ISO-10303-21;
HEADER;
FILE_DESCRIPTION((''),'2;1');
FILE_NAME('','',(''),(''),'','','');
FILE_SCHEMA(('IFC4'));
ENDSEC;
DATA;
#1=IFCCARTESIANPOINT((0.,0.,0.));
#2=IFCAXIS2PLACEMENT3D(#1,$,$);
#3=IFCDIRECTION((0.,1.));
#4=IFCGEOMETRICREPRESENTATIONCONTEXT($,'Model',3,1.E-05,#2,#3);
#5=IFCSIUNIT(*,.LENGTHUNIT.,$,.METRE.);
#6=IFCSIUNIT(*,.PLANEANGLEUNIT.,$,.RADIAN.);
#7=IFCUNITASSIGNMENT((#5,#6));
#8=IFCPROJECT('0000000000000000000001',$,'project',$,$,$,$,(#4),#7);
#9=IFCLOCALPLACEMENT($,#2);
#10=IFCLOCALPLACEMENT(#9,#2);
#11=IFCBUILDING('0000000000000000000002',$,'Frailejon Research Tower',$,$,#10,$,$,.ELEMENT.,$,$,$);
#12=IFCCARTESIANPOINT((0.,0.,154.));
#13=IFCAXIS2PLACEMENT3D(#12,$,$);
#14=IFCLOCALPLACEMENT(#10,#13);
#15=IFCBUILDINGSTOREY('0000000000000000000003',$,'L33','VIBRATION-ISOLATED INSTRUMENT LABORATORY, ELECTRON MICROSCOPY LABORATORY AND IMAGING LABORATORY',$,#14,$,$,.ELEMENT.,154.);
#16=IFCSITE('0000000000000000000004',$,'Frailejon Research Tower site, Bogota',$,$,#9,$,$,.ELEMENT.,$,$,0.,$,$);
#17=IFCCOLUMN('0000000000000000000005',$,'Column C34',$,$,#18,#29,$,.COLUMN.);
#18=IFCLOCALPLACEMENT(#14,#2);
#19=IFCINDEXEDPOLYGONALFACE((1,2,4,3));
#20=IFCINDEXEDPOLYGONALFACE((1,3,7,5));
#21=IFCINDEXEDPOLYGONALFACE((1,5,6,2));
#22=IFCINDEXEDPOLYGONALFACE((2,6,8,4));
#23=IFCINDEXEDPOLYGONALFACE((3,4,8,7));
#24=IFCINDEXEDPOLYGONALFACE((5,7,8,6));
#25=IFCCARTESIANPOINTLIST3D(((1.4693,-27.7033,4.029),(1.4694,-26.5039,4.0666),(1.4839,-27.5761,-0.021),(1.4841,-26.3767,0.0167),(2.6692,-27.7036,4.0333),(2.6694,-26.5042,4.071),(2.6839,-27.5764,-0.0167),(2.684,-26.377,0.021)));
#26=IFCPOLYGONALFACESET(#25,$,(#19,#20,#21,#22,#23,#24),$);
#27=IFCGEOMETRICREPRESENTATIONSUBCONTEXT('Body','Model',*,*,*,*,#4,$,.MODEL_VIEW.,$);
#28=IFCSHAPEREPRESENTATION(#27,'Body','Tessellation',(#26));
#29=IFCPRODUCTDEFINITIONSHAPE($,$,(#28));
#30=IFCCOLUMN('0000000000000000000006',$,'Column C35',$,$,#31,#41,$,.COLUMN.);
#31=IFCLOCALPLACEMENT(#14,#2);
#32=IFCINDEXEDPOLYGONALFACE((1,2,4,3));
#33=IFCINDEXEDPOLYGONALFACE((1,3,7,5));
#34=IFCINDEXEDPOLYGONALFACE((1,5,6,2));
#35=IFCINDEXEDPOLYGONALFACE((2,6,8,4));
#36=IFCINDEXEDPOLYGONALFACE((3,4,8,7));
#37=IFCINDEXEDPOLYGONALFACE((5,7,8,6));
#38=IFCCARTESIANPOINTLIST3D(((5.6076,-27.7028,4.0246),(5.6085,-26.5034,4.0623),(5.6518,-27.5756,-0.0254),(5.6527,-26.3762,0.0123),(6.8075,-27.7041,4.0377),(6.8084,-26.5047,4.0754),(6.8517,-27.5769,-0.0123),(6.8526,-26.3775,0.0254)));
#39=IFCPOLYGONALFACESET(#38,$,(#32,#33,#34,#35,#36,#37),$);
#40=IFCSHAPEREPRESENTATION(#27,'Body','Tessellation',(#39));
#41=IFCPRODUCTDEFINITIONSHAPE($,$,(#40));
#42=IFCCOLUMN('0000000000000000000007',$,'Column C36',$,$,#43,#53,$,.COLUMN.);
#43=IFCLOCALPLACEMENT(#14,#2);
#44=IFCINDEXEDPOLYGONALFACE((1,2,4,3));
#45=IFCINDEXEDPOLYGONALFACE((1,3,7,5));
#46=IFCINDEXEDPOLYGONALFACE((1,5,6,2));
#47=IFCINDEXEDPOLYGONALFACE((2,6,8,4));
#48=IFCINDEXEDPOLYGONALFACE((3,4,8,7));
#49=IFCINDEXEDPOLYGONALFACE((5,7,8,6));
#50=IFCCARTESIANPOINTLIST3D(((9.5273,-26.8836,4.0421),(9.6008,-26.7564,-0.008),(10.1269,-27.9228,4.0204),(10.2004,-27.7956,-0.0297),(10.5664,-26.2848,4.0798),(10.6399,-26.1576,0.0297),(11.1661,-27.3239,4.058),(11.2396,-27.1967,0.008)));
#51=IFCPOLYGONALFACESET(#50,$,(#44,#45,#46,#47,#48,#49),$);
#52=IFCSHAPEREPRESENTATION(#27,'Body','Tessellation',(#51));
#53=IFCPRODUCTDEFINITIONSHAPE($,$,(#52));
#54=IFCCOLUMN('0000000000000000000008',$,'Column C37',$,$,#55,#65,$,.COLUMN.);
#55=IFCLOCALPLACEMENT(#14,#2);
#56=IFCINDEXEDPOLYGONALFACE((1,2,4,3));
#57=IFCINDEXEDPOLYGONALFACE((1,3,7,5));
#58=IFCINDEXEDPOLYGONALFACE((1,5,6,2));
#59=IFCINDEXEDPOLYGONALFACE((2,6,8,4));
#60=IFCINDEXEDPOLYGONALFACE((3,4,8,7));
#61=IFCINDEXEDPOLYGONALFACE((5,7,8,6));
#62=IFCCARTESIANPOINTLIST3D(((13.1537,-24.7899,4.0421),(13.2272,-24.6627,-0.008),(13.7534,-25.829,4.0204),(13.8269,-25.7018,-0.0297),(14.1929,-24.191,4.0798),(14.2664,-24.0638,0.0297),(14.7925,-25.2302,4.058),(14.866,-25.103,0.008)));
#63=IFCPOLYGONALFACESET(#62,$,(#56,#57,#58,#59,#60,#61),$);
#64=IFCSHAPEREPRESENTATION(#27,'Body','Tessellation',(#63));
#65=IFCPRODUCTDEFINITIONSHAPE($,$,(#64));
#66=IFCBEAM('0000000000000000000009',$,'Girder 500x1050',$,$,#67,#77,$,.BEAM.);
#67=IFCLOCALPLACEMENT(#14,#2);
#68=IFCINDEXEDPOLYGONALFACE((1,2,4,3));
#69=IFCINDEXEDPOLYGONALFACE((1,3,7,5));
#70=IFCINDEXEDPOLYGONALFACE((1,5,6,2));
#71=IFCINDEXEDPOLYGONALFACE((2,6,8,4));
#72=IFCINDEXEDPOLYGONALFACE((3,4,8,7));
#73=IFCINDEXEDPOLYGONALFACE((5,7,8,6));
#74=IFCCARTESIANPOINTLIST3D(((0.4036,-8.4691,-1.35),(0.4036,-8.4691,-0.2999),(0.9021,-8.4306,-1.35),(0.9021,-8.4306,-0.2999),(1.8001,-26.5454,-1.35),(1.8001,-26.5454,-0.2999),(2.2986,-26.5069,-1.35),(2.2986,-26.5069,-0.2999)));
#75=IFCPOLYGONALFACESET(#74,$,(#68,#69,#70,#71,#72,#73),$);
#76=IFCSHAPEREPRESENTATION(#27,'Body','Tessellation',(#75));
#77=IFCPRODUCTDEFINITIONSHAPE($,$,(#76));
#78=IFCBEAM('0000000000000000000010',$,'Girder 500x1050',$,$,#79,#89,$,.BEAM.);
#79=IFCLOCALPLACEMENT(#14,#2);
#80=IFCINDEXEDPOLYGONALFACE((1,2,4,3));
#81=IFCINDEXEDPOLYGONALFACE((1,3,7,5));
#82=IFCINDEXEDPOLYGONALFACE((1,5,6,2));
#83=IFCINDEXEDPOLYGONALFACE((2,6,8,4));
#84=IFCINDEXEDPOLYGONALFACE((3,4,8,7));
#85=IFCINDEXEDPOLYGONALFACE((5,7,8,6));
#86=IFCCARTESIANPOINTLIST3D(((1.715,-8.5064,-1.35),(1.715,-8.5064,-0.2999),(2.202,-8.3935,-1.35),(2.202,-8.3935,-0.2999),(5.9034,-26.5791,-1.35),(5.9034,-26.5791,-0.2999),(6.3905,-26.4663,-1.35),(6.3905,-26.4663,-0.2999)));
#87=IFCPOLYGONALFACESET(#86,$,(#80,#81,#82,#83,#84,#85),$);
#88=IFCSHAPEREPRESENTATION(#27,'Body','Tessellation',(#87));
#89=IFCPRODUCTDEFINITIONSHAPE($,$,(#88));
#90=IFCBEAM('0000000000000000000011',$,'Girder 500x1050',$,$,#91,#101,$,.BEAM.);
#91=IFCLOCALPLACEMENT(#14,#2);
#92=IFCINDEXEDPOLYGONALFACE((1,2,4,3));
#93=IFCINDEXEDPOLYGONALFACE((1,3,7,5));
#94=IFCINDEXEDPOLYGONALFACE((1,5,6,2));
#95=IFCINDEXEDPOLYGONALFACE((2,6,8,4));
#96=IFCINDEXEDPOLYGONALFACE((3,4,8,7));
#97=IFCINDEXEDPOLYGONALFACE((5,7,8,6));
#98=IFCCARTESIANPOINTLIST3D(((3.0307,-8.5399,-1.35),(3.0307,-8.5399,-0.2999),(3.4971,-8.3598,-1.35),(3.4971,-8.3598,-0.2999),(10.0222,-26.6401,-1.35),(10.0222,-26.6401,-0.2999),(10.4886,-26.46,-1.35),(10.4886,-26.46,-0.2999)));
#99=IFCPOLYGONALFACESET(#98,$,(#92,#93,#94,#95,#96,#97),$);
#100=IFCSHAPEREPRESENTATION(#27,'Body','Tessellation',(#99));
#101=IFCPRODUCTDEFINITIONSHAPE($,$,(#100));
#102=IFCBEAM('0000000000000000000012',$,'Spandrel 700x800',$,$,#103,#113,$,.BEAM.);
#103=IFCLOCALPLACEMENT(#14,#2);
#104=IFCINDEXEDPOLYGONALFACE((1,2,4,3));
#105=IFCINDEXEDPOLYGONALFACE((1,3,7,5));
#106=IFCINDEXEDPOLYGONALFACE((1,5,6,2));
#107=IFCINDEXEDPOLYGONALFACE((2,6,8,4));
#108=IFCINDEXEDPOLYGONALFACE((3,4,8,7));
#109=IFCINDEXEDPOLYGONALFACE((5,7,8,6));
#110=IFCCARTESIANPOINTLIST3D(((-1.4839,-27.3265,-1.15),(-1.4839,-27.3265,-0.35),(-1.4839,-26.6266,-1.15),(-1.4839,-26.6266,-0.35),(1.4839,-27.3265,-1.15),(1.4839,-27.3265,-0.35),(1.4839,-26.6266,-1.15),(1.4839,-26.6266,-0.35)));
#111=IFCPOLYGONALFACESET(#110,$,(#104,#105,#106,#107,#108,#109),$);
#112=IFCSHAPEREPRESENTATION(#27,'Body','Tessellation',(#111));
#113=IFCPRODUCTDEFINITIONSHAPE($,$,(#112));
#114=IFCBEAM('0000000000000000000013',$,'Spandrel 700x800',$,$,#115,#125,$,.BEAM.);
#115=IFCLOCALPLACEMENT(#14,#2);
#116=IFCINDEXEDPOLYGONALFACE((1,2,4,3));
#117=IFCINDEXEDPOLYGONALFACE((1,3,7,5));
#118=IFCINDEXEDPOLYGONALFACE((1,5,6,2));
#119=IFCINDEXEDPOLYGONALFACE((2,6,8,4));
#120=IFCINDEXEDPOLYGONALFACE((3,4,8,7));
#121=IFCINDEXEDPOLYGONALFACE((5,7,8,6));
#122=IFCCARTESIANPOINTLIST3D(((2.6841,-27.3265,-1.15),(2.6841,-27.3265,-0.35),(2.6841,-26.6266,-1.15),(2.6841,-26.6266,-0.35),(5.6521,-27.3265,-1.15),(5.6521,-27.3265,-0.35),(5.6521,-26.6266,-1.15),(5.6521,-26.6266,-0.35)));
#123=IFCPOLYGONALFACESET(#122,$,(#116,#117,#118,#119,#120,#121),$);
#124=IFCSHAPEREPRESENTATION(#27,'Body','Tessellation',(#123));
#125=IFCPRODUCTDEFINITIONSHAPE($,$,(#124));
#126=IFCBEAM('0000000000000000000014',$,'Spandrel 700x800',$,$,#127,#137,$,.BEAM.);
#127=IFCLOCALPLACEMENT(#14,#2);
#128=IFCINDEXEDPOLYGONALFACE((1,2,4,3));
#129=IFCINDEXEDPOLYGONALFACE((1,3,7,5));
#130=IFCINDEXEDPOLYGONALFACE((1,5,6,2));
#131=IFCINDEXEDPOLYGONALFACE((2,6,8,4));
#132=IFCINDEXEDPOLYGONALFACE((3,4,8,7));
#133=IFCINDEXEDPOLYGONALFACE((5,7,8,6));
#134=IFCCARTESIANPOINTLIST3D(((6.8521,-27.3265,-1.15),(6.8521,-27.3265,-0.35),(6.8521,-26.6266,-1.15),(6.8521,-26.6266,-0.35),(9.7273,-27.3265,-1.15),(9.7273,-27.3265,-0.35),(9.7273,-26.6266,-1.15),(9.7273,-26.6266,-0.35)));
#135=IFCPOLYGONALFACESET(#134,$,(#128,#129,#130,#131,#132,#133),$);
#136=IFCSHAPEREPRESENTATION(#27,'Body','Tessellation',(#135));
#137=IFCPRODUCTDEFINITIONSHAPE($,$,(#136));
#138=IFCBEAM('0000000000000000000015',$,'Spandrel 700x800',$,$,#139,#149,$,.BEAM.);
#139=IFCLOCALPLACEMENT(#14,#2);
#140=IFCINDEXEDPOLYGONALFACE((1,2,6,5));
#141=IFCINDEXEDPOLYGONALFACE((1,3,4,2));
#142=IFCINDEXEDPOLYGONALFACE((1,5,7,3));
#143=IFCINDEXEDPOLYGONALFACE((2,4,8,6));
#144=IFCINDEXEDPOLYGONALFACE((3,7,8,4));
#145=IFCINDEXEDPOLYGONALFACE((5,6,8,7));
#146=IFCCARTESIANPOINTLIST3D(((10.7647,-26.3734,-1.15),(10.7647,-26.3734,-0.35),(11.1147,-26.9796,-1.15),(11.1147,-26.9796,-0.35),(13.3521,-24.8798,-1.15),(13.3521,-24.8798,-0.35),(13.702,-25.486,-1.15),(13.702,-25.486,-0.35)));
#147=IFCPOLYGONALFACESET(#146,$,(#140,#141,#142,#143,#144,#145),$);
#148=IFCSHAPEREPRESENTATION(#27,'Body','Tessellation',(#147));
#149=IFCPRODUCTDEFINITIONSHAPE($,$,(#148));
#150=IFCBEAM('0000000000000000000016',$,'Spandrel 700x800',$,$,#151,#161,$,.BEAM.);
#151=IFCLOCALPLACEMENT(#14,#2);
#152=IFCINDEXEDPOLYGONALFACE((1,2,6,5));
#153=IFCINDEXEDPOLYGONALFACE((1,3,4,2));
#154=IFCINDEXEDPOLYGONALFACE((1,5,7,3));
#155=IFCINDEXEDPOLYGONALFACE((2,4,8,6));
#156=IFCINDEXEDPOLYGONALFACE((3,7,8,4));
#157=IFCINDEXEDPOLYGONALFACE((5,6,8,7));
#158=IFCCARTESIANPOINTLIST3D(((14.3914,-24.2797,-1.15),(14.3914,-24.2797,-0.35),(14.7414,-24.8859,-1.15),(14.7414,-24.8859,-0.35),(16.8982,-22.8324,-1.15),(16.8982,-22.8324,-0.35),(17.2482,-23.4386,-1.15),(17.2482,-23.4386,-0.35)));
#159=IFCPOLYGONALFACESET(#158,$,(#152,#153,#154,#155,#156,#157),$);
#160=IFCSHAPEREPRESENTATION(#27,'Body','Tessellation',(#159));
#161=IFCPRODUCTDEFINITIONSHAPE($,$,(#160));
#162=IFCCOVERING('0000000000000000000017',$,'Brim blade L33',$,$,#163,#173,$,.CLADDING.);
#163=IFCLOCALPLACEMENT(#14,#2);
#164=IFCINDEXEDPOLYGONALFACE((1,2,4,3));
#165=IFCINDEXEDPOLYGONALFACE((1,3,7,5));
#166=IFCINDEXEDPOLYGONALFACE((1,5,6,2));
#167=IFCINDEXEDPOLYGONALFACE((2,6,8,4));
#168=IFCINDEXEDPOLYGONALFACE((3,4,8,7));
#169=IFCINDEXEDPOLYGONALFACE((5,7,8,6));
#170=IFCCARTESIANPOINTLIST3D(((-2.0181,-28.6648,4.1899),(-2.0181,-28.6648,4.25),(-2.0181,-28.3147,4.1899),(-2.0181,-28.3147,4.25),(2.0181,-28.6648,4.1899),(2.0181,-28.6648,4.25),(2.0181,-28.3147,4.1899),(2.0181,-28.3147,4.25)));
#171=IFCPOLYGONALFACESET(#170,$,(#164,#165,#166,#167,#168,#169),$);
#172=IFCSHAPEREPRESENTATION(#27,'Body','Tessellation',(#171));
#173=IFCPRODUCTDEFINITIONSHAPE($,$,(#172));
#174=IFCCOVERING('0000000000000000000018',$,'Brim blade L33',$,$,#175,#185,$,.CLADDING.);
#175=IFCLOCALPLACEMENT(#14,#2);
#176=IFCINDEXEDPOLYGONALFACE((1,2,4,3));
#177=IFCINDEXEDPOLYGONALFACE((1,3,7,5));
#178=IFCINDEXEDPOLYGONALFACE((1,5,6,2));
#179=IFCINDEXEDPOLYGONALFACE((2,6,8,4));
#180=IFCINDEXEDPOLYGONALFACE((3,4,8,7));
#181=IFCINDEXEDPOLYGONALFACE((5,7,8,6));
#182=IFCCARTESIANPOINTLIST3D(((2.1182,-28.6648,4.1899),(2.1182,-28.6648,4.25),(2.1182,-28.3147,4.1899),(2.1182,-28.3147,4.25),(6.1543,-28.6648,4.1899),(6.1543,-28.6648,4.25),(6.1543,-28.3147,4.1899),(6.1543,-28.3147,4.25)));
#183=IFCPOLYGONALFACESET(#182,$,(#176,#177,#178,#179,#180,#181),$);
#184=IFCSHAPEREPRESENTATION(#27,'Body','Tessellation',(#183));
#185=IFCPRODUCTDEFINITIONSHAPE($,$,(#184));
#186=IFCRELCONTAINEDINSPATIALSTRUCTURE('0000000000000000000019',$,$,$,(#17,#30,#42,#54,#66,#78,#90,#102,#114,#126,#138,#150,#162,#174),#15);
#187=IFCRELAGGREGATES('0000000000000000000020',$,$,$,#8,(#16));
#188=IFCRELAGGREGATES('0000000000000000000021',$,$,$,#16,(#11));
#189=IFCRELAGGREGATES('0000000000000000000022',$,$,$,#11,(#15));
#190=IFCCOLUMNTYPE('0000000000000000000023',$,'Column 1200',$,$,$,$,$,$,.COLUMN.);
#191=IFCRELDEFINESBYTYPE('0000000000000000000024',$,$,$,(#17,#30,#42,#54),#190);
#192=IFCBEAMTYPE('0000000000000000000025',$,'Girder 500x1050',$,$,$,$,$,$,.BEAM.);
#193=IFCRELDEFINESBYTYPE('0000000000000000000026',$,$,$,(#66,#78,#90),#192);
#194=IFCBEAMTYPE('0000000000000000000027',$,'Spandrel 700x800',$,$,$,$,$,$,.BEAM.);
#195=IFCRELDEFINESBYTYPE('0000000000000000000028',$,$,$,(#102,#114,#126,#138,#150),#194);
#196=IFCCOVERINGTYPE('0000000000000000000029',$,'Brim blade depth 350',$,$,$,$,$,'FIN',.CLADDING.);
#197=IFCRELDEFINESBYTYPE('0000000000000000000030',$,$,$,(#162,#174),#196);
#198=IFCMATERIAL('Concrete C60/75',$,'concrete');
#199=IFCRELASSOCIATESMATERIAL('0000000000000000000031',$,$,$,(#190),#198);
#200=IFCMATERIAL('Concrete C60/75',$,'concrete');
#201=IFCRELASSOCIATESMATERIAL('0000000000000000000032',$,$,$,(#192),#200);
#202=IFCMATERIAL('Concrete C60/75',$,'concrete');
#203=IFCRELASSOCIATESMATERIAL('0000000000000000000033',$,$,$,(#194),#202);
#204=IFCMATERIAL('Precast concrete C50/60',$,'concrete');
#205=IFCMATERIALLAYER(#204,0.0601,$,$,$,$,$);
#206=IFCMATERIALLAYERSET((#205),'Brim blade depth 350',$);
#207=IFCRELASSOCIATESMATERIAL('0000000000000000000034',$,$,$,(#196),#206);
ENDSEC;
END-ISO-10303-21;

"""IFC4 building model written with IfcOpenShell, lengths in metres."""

from ifc_helpers import new_model, si_unit, direction, frame, origin, origin_2d, place, context, subcontext, project, spatial, polyline, rectangle, outline, extrude, material, layer, layer_set, material_profile, profile_set, type_object, element, save


model = new_model("IFC4")

# Units and contexts
model_context = context("Model", 3, precision=1e-05, world=origin(), true_north=direction((0.0, 1.0)))
body_context = subcontext(model_context, "Body", "Model", "MODEL_VIEW")
ifc_project = project(units=[si_unit("LENGTHUNIT", "METRE"), si_unit("PLANEANGLEUNIT", "RADIAN")], contexts=[model_context])

# Site, building, storey
site_placement = place(None, origin())
site = spatial("IfcSite", under=ifc_project, at=site_placement, Name="Frailejon Research Tower site, Bogota", CompositionType="ELEMENT", RefElevation=0.0)
building_placement = place(site_placement, origin())
building = spatial("IfcBuilding", under=site, at=building_placement, Name="Frailejon Research Tower", CompositionType="ELEMENT")
storey_placement = place(building_placement, frame((0.0, 0.0, 154.0)))
storey = spatial("IfcBuildingStorey", under=building, at=storey_placement, Name="L33", Description="VIBRATION-ISOLATED INSTRUMENT LABORATORY, ELECTRON MICROSCOPY LABORATORY AND IMAGING LABORATORY", CompositionType="ELEMENT", Elevation=154.0)

# Columns
ifc_material_1 = material(Name="Concrete C60/75", Category="concrete")
ifc_material_profile_1 = material_profile(ifc_material_1, rectangle(XDim=1.2, YDim=1.2, at=origin_2d()), Name="Column 1200")
ifc_profile_set_1 = profile_set([ifc_material_profile_1], Name="Concrete C60/75")
column_type = type_object("IfcColumnType", Name="Column 1200", PredefinedType="COLUMN", material=ifc_profile_set_1)
column_1_placement = place(storey_placement, frame((2.084, -26.9766, 0.0), z_axis=(-0.003615, -0.031391, 0.999501), x_axis=(0.999993, -0.000225, 0.00361)))
element("IfcColumn", 1, at=column_1_placement, inside=storey, type_object=column_type, Name="Column C34", PredefinedType="COLUMN", context=body_context, shape_type="SweptSolid", body=[
    extrude(rectangle(XDim=1.2, YDim=1.2, at=origin_2d()), origin(), (0.0, 0.0, 1.0), 4.052),
])
column_2_placement = place(storey_placement, frame((6.2522, -26.9766, 0.0), z_axis=(-0.010905, -0.031389, 0.999448), x_axis=(0.99994, -0.001064, 0.010877)))
element("IfcColumn", 2, at=column_2_placement, inside=storey, type_object=column_type, Name="Column C35", PredefinedType="COLUMN", context=body_context, shape_type="SweptSolid", body=[
    extrude(rectangle(XDim=1.2, YDim=1.2, at=origin_2d()), origin(), (0.0, 0.0, 1.0), 4.0522),
])
for number, where, z_axis, x_axis, name in (
    (3, (10.4202, -26.9766, 0.0), (-0.018133, -0.031386, 0.999343), (0.865999, 0.499059, 0.031387), "Column C36"),
    (4, (14.0466, -24.8828, 0.0), (-0.018133, -0.031386, 0.999343), (0.865999, 0.499059, 0.031387), "Column C37"),
):
    element("IfcColumn", number, at=place(storey_placement, frame(where, z_axis=z_axis, x_axis=x_axis)), inside=storey, type_object=column_type, Name=name, PredefinedType="COLUMN", context=body_context, shape_type="SweptSolid", body=[
        extrude(rectangle(XDim=1.2, YDim=1.2, at=origin_2d()), origin(), (0.0, 0.0, 1.0), 4.0527),
    ])

# Beams
ifc_material_2 = material(Name="Concrete C60/75", Category="concrete")
ifc_material_profile_2 = material_profile(ifc_material_2, rectangle(XDim=0.5, YDim=1.05, at=origin_2d()), Name="Girder 500x1050")
ifc_profile_set_2 = profile_set([ifc_material_profile_2], Name="Concrete C60/75")
beam_type_1 = type_object("IfcBeamType", Name="Girder 500x1050", PredefinedType="BEAM", material=ifc_profile_set_2)
beam_1_placement = place(storey_placement, frame((2.0493, -26.5261, -0.825), z_axis=(-0.077026, 0.997029, 0.0), x_axis=(-0.997029, -0.077026, 0.0)))
element("IfcBeam", 5, at=beam_1_placement, inside=storey, type_object=beam_type_1, Name="Girder 500x1050", PredefinedType="BEAM", context=body_context, shape_type="SweptSolid", body=[
    extrude(rectangle(XDim=0.5, YDim=1.05, at=origin_2d()), origin(), (0.0, 0.0, 1.0), 18.1301),
])
beam_2_placement = place(storey_placement, frame((6.147, -26.5227, -0.825), z_axis=(-0.225772, 0.97418, 0.0), x_axis=(-0.97418, -0.225772, 0.0)))
element("IfcBeam", 6, at=beam_2_placement, inside=storey, type_object=beam_type_1, Name="Girder 500x1050", PredefinedType="BEAM", context=body_context, shape_type="SweptSolid", body=[
    extrude(rectangle(XDim=0.5, YDim=1.05, at=origin_2d()), origin(), (0.0, 0.0, 1.0), 18.5518),
])
beam_3_placement = place(storey_placement, frame((10.2554, -26.55, -0.825), z_axis=(-0.36032, 0.932829, 0.0), x_axis=(-0.932829, -0.36032, 0.0)))
element("IfcBeam", 7, at=beam_3_placement, inside=storey, type_object=beam_type_1, Name="Girder 500x1050", PredefinedType="BEAM", context=body_context, shape_type="SweptSolid", body=[
    extrude(rectangle(XDim=0.5, YDim=1.05, at=origin_2d()), origin(), (0.0, 0.0, 1.0), 19.4036),
])
ifc_material_3 = material(Name="Concrete C60/75", Category="concrete")
ifc_material_profile_3 = material_profile(ifc_material_3, rectangle(XDim=0.7, YDim=0.8, at=origin_2d()), Name="Spandrel 700x800")
ifc_profile_set_3 = profile_set([ifc_material_profile_3], Name="Concrete C60/75")
beam_type_2 = type_object("IfcBeamType", Name="Spandrel 700x800", PredefinedType="BEAM", material=ifc_profile_set_3)
beam_4_placement = place(storey_placement, frame((-1.4839, -26.9766, -0.75), z_axis=(1.0, 0.0, 0.0), x_axis=(0.0, 1.0, 0.0)))
element("IfcBeam", 8, at=beam_4_placement, inside=storey, type_object=beam_type_2, Name="Spandrel 700x800", PredefinedType="BEAM", context=body_context, shape_type="SweptSolid", body=[
    extrude(rectangle(XDim=0.7, YDim=0.8, at=origin_2d()), origin(), (0.0, 0.0, 1.0), 2.9678),
])
beam_5_placement = place(storey_placement, frame((2.6841, -26.9766, -0.75), z_axis=(1.0, 0.0, 0.0), x_axis=(0.0, 1.0, 0.0)))
element("IfcBeam", 9, at=beam_5_placement, inside=storey, type_object=beam_type_2, Name="Spandrel 700x800", PredefinedType="BEAM", context=body_context, shape_type="SweptSolid", body=[
    extrude(rectangle(XDim=0.7, YDim=0.8, at=origin_2d()), origin(), (0.0, 0.0, 1.0), 2.968),
])
beam_6_placement = place(storey_placement, frame((6.8521, -26.9766, -0.75), z_axis=(1.0, 0.0, 0.0), x_axis=(0.0, 1.0, 0.0)))
element("IfcBeam", 10, at=beam_6_placement, inside=storey, type_object=beam_type_2, Name="Spandrel 700x800", PredefinedType="BEAM", context=body_context, shape_type="SweptSolid", body=[
    extrude(rectangle(XDim=0.7, YDim=0.8, at=origin_2d()), origin(), (0.0, 0.0, 1.0), 2.8752),
])
beam_7_placement = place(storey_placement, frame((10.9397, -26.6765, -0.75), z_axis=(0.866052, 0.499954, 0.0), x_axis=(-0.499954, 0.866052, 0.0)))
element("IfcBeam", 11, at=beam_7_placement, inside=storey, type_object=beam_type_2, Name="Spandrel 700x800", PredefinedType="BEAM", context=body_context, shape_type="SweptSolid", body=[
    extrude(rectangle(XDim=0.7, YDim=0.8, at=origin_2d()), origin(), (0.0, 0.0, 1.0), 2.9875),
])
beam_8_placement = place(storey_placement, frame((14.5664, -24.5828, -0.75), z_axis=(0.866034, 0.499985, 0.0), x_axis=(-0.499985, 0.866034, 0.0)))
element("IfcBeam", 12, at=beam_8_placement, inside=storey, type_object=beam_type_2, Name="Spandrel 700x800", PredefinedType="BEAM", context=body_context, shape_type="SweptSolid", body=[
    extrude(rectangle(XDim=0.7, YDim=0.8, at=origin_2d()), origin(), (0.0, 0.0, 1.0), 2.8945),
])

# Coverings
ifc_material_4 = material(Name="Precast concrete C50/60", Category="concrete")
ifc_layer_1 = layer(ifc_material_4, 0.0601)
ifc_layer_set_1 = layer_set([ifc_layer_1], Name="Brim blade depth 350")
covering_type_1 = type_object("IfcCoveringType", Name="Brim blade depth 350", ElementType="FIN", PredefinedType="CLADDING", material=ifc_layer_set_1)
for number, where, z_axis, x_axis, name in (
    (13, (2.0181, -28.3147, 4.25), (-1.0, 0.0, 0.0), (0.0, -1.0, 0.0), "Brim blade L33"),
    (14, (6.1543, -28.3147, 4.25), (-1.0, 0.0, 0.0), (0.0, -1.0, 0.0), "Brim blade L33"),
):
    element("IfcCovering", number, at=place(storey_placement, frame(where, z_axis=z_axis, x_axis=x_axis)), inside=storey, type_object=covering_type_1, Name=name, PredefinedType="CLADDING", context=body_context, shape_type="SweptSolid", body=[
        extrude(outline(polyline([(0.0, -0.0601), (0.3501, -0.0601), (0.3501, 0.0), (0.0, 0.0), (0.0, -0.0601)])), origin(), (0.0, 0.0, 1.0), 4.0361),
    ])

save(model, "model.ifc")
